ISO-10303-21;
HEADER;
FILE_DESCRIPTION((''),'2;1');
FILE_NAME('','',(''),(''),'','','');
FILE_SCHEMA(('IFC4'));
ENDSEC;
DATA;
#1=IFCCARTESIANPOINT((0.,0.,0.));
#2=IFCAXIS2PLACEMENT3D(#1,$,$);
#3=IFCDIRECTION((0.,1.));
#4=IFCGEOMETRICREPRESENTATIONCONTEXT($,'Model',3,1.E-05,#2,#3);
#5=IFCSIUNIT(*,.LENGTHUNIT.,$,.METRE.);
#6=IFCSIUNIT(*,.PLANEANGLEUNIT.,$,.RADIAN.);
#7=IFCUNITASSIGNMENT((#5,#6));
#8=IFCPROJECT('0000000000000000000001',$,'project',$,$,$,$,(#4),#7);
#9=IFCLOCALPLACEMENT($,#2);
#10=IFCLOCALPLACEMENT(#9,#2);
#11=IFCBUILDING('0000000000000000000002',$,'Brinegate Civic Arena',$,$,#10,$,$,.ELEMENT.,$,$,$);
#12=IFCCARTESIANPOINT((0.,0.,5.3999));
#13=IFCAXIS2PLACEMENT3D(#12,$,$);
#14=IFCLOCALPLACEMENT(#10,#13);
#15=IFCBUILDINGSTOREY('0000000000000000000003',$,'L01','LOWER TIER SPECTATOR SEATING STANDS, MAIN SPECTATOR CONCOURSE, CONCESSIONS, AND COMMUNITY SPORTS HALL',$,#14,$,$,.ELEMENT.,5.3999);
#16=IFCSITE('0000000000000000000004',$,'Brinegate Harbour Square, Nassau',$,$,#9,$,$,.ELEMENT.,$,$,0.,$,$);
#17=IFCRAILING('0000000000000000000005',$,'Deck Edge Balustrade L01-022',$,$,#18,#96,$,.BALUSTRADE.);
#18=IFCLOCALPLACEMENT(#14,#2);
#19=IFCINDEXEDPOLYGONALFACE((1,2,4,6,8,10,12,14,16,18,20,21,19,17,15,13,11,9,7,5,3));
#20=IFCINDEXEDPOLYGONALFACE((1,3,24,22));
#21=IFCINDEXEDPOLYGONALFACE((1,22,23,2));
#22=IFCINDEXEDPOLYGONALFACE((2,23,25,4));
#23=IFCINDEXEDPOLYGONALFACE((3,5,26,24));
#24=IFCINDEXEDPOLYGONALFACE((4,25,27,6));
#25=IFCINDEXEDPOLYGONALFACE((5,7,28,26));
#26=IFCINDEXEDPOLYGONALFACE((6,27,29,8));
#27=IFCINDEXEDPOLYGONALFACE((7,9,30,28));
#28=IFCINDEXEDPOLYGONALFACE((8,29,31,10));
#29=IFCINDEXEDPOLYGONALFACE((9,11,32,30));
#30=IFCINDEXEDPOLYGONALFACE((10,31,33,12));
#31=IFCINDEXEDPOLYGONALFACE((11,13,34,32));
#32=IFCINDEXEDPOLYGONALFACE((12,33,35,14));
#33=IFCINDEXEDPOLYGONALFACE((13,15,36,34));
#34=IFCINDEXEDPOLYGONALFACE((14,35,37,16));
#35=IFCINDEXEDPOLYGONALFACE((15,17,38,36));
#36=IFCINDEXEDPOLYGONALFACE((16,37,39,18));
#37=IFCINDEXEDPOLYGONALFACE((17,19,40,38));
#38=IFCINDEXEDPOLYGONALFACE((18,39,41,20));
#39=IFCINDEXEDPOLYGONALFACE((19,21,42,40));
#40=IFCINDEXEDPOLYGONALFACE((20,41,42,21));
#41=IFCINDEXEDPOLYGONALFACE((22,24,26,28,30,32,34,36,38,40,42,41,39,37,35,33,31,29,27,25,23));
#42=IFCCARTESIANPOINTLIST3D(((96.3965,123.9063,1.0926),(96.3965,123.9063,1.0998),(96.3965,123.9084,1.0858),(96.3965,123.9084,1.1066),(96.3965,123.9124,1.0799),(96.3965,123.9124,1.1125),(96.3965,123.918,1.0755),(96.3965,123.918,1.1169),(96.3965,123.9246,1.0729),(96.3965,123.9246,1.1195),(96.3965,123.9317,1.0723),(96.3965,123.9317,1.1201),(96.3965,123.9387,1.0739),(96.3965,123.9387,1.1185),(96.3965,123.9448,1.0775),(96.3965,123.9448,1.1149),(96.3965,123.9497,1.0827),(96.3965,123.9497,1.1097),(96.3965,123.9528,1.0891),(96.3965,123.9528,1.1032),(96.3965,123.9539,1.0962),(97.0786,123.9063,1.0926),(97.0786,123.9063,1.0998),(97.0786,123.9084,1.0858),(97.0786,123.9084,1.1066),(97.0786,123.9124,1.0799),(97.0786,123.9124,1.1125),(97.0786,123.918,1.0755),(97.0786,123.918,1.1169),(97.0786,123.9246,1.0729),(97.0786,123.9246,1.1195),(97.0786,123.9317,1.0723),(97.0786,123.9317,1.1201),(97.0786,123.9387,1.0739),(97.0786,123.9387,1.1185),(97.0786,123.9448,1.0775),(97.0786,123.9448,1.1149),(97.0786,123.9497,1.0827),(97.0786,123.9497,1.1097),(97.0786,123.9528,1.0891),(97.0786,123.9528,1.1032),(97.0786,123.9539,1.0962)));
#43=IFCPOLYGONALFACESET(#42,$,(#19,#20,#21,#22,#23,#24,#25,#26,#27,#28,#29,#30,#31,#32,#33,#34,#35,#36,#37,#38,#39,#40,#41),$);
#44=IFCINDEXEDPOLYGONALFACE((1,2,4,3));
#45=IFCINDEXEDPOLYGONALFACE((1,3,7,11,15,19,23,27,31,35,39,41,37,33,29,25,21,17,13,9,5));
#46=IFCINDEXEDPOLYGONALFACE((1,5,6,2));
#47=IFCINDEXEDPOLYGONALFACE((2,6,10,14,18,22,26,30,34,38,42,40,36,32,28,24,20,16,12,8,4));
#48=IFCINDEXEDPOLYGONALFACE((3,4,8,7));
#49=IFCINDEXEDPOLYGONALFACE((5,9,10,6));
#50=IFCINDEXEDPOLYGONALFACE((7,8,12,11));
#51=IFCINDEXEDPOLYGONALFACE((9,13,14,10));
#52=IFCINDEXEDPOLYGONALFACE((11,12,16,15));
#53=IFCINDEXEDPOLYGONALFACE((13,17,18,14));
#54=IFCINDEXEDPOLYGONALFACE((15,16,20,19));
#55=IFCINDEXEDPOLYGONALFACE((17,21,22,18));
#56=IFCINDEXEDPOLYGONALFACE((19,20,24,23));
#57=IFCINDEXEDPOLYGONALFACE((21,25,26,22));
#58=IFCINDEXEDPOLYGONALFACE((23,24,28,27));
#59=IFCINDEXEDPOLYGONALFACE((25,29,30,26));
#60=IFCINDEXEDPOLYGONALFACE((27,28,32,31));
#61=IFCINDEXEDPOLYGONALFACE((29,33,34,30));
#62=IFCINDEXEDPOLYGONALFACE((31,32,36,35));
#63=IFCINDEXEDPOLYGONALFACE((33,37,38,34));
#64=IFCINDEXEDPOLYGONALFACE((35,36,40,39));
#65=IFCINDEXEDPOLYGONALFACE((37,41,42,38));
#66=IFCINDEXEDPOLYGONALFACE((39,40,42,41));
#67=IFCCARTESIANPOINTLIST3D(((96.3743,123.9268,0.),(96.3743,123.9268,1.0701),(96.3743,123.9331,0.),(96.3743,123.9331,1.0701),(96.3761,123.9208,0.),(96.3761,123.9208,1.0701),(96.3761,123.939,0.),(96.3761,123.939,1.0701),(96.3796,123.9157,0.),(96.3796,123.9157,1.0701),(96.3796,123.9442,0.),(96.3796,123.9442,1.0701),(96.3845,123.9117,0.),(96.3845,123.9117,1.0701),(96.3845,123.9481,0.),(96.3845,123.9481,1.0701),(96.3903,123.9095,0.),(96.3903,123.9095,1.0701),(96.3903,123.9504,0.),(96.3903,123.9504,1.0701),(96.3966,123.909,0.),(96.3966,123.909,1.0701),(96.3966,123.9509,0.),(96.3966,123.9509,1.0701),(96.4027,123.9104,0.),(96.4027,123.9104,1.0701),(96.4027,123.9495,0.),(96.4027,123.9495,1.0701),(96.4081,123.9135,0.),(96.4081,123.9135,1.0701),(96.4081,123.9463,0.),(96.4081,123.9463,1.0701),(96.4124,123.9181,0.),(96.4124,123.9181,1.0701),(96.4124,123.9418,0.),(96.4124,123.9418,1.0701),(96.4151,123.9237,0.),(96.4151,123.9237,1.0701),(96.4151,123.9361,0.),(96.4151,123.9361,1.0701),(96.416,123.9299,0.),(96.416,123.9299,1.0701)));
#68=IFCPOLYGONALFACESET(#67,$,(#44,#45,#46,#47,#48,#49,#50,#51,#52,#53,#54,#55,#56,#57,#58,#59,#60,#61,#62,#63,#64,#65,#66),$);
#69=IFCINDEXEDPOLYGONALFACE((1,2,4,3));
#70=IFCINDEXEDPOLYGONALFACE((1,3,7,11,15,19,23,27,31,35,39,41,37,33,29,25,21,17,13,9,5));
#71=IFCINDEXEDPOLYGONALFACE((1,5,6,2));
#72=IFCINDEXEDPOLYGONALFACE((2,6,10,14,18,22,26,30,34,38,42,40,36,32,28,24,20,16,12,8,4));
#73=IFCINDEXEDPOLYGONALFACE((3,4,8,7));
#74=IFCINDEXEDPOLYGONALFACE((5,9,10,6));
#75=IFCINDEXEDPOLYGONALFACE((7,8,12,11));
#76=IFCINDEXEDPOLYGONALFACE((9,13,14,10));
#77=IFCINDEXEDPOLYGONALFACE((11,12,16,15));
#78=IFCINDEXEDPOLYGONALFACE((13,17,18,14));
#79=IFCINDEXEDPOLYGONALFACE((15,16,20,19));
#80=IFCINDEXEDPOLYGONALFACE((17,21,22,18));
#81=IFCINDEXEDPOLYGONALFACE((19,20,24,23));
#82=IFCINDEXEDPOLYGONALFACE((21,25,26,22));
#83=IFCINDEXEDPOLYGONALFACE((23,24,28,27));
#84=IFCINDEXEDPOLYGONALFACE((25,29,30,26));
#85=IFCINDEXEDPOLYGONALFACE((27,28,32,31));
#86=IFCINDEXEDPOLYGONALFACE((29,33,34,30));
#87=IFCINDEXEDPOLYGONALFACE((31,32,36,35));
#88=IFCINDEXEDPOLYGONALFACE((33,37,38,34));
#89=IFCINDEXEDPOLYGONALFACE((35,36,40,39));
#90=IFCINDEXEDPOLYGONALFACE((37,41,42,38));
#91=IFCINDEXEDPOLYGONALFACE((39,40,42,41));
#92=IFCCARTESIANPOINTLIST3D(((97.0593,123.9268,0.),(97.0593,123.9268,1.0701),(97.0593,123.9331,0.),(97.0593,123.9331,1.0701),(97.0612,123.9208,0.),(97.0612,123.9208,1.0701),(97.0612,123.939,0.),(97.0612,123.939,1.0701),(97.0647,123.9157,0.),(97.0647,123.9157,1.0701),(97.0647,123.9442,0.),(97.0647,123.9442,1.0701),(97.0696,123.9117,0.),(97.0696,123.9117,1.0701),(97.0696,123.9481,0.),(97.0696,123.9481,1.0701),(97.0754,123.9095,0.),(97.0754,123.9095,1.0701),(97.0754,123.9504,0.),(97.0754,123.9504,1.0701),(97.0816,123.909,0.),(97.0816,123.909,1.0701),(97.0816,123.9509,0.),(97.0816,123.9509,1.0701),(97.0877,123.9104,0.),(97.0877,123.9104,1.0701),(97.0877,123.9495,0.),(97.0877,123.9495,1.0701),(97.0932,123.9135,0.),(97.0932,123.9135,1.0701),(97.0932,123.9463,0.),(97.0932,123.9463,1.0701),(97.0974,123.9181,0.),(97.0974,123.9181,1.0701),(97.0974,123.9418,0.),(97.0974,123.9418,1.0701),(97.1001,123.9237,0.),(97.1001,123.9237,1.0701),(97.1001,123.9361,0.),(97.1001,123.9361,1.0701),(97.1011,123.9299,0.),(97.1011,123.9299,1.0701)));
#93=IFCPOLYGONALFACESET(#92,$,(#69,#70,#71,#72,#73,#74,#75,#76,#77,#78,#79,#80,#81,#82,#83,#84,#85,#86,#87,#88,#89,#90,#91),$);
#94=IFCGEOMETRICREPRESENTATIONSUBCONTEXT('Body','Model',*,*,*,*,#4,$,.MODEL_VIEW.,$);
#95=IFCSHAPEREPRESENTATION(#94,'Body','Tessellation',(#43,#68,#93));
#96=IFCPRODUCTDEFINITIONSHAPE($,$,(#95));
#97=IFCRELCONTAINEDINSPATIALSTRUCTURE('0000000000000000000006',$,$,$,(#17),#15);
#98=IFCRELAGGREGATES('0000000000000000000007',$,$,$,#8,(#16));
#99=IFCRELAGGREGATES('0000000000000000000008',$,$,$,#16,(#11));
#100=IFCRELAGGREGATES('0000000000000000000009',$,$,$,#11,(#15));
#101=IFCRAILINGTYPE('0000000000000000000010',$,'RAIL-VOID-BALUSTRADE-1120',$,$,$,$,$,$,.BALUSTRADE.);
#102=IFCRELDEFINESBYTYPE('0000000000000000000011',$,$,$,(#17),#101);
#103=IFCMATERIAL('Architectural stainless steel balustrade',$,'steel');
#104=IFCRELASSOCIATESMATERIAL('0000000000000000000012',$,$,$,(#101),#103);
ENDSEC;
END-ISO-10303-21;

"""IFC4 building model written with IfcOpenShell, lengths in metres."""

from ifc_helpers import new_model, si_unit, direction, frame, origin, origin_2d, place, context, subcontext, project, spatial, circle, extrude, material, type_object, element, save


model = new_model("IFC4")

# Units and contexts
model_context = context("Model", 3, precision=1e-05, world=origin(), true_north=direction((0.0, 1.0)))
body_context = subcontext(model_context, "Body", "Model", "MODEL_VIEW")
ifc_project = project(units=[si_unit("LENGTHUNIT", "METRE"), si_unit("PLANEANGLEUNIT", "RADIAN")], contexts=[model_context])

# Site, building, storey
site_placement = place(None, origin())
site = spatial("IfcSite", under=ifc_project, at=site_placement, Name="Brinegate Harbour Square, Nassau", CompositionType="ELEMENT", RefElevation=0.0)
building_placement = place(site_placement, origin())
building = spatial("IfcBuilding", under=site, at=building_placement, Name="Brinegate Civic Arena", CompositionType="ELEMENT")
storey_placement = place(building_placement, frame((0.0, 0.0, 5.3999)))
storey = spatial("IfcBuildingStorey", under=building, at=storey_placement, Name="L01", Description="LOWER TIER SPECTATOR SEATING STANDS, MAIN SPECTATOR CONCOURSE, CONCESSIONS, AND COMMUNITY SPORTS HALL", CompositionType="ELEMENT", Elevation=5.3999)

# Railing
ifc_material_1 = material(Name="Architectural stainless steel balustrade", Category="steel")
railing_type = type_object("IfcRailingType", Name="RAIL-VOID-BALUSTRADE-1120", PredefinedType="BALUSTRADE", material=ifc_material_1)
railing_placement = place(storey_placement, frame((96.395, 123.9299, 0.0)))
element("IfcRailing", 1, at=railing_placement, inside=storey, type_object=railing_type, Name="Deck Edge Balustrade L01-022", PredefinedType="BALUSTRADE", context=body_context, shape_type="SweptSolid", body=[
    extrude(circle(Radius=0.0239, at=origin_2d()), frame((0.0015, 0.0, 1.0962), z_axis=(1.0, 0.0, 0.0), x_axis=(0.0, 1.0, 0.0)), (0.0, 0.0, 1.0), 0.6821),
    extrude(circle(Radius=0.021, at=origin_2d()), origin(), (0.0, 0.0, 1.0), 1.0701),
    extrude(circle(Radius=0.021, at=origin_2d()), frame((0.6851, 0.0, 0.0)), (0.0, 0.0, 1.0), 1.0701),
])

save(model, "model.ifc")
